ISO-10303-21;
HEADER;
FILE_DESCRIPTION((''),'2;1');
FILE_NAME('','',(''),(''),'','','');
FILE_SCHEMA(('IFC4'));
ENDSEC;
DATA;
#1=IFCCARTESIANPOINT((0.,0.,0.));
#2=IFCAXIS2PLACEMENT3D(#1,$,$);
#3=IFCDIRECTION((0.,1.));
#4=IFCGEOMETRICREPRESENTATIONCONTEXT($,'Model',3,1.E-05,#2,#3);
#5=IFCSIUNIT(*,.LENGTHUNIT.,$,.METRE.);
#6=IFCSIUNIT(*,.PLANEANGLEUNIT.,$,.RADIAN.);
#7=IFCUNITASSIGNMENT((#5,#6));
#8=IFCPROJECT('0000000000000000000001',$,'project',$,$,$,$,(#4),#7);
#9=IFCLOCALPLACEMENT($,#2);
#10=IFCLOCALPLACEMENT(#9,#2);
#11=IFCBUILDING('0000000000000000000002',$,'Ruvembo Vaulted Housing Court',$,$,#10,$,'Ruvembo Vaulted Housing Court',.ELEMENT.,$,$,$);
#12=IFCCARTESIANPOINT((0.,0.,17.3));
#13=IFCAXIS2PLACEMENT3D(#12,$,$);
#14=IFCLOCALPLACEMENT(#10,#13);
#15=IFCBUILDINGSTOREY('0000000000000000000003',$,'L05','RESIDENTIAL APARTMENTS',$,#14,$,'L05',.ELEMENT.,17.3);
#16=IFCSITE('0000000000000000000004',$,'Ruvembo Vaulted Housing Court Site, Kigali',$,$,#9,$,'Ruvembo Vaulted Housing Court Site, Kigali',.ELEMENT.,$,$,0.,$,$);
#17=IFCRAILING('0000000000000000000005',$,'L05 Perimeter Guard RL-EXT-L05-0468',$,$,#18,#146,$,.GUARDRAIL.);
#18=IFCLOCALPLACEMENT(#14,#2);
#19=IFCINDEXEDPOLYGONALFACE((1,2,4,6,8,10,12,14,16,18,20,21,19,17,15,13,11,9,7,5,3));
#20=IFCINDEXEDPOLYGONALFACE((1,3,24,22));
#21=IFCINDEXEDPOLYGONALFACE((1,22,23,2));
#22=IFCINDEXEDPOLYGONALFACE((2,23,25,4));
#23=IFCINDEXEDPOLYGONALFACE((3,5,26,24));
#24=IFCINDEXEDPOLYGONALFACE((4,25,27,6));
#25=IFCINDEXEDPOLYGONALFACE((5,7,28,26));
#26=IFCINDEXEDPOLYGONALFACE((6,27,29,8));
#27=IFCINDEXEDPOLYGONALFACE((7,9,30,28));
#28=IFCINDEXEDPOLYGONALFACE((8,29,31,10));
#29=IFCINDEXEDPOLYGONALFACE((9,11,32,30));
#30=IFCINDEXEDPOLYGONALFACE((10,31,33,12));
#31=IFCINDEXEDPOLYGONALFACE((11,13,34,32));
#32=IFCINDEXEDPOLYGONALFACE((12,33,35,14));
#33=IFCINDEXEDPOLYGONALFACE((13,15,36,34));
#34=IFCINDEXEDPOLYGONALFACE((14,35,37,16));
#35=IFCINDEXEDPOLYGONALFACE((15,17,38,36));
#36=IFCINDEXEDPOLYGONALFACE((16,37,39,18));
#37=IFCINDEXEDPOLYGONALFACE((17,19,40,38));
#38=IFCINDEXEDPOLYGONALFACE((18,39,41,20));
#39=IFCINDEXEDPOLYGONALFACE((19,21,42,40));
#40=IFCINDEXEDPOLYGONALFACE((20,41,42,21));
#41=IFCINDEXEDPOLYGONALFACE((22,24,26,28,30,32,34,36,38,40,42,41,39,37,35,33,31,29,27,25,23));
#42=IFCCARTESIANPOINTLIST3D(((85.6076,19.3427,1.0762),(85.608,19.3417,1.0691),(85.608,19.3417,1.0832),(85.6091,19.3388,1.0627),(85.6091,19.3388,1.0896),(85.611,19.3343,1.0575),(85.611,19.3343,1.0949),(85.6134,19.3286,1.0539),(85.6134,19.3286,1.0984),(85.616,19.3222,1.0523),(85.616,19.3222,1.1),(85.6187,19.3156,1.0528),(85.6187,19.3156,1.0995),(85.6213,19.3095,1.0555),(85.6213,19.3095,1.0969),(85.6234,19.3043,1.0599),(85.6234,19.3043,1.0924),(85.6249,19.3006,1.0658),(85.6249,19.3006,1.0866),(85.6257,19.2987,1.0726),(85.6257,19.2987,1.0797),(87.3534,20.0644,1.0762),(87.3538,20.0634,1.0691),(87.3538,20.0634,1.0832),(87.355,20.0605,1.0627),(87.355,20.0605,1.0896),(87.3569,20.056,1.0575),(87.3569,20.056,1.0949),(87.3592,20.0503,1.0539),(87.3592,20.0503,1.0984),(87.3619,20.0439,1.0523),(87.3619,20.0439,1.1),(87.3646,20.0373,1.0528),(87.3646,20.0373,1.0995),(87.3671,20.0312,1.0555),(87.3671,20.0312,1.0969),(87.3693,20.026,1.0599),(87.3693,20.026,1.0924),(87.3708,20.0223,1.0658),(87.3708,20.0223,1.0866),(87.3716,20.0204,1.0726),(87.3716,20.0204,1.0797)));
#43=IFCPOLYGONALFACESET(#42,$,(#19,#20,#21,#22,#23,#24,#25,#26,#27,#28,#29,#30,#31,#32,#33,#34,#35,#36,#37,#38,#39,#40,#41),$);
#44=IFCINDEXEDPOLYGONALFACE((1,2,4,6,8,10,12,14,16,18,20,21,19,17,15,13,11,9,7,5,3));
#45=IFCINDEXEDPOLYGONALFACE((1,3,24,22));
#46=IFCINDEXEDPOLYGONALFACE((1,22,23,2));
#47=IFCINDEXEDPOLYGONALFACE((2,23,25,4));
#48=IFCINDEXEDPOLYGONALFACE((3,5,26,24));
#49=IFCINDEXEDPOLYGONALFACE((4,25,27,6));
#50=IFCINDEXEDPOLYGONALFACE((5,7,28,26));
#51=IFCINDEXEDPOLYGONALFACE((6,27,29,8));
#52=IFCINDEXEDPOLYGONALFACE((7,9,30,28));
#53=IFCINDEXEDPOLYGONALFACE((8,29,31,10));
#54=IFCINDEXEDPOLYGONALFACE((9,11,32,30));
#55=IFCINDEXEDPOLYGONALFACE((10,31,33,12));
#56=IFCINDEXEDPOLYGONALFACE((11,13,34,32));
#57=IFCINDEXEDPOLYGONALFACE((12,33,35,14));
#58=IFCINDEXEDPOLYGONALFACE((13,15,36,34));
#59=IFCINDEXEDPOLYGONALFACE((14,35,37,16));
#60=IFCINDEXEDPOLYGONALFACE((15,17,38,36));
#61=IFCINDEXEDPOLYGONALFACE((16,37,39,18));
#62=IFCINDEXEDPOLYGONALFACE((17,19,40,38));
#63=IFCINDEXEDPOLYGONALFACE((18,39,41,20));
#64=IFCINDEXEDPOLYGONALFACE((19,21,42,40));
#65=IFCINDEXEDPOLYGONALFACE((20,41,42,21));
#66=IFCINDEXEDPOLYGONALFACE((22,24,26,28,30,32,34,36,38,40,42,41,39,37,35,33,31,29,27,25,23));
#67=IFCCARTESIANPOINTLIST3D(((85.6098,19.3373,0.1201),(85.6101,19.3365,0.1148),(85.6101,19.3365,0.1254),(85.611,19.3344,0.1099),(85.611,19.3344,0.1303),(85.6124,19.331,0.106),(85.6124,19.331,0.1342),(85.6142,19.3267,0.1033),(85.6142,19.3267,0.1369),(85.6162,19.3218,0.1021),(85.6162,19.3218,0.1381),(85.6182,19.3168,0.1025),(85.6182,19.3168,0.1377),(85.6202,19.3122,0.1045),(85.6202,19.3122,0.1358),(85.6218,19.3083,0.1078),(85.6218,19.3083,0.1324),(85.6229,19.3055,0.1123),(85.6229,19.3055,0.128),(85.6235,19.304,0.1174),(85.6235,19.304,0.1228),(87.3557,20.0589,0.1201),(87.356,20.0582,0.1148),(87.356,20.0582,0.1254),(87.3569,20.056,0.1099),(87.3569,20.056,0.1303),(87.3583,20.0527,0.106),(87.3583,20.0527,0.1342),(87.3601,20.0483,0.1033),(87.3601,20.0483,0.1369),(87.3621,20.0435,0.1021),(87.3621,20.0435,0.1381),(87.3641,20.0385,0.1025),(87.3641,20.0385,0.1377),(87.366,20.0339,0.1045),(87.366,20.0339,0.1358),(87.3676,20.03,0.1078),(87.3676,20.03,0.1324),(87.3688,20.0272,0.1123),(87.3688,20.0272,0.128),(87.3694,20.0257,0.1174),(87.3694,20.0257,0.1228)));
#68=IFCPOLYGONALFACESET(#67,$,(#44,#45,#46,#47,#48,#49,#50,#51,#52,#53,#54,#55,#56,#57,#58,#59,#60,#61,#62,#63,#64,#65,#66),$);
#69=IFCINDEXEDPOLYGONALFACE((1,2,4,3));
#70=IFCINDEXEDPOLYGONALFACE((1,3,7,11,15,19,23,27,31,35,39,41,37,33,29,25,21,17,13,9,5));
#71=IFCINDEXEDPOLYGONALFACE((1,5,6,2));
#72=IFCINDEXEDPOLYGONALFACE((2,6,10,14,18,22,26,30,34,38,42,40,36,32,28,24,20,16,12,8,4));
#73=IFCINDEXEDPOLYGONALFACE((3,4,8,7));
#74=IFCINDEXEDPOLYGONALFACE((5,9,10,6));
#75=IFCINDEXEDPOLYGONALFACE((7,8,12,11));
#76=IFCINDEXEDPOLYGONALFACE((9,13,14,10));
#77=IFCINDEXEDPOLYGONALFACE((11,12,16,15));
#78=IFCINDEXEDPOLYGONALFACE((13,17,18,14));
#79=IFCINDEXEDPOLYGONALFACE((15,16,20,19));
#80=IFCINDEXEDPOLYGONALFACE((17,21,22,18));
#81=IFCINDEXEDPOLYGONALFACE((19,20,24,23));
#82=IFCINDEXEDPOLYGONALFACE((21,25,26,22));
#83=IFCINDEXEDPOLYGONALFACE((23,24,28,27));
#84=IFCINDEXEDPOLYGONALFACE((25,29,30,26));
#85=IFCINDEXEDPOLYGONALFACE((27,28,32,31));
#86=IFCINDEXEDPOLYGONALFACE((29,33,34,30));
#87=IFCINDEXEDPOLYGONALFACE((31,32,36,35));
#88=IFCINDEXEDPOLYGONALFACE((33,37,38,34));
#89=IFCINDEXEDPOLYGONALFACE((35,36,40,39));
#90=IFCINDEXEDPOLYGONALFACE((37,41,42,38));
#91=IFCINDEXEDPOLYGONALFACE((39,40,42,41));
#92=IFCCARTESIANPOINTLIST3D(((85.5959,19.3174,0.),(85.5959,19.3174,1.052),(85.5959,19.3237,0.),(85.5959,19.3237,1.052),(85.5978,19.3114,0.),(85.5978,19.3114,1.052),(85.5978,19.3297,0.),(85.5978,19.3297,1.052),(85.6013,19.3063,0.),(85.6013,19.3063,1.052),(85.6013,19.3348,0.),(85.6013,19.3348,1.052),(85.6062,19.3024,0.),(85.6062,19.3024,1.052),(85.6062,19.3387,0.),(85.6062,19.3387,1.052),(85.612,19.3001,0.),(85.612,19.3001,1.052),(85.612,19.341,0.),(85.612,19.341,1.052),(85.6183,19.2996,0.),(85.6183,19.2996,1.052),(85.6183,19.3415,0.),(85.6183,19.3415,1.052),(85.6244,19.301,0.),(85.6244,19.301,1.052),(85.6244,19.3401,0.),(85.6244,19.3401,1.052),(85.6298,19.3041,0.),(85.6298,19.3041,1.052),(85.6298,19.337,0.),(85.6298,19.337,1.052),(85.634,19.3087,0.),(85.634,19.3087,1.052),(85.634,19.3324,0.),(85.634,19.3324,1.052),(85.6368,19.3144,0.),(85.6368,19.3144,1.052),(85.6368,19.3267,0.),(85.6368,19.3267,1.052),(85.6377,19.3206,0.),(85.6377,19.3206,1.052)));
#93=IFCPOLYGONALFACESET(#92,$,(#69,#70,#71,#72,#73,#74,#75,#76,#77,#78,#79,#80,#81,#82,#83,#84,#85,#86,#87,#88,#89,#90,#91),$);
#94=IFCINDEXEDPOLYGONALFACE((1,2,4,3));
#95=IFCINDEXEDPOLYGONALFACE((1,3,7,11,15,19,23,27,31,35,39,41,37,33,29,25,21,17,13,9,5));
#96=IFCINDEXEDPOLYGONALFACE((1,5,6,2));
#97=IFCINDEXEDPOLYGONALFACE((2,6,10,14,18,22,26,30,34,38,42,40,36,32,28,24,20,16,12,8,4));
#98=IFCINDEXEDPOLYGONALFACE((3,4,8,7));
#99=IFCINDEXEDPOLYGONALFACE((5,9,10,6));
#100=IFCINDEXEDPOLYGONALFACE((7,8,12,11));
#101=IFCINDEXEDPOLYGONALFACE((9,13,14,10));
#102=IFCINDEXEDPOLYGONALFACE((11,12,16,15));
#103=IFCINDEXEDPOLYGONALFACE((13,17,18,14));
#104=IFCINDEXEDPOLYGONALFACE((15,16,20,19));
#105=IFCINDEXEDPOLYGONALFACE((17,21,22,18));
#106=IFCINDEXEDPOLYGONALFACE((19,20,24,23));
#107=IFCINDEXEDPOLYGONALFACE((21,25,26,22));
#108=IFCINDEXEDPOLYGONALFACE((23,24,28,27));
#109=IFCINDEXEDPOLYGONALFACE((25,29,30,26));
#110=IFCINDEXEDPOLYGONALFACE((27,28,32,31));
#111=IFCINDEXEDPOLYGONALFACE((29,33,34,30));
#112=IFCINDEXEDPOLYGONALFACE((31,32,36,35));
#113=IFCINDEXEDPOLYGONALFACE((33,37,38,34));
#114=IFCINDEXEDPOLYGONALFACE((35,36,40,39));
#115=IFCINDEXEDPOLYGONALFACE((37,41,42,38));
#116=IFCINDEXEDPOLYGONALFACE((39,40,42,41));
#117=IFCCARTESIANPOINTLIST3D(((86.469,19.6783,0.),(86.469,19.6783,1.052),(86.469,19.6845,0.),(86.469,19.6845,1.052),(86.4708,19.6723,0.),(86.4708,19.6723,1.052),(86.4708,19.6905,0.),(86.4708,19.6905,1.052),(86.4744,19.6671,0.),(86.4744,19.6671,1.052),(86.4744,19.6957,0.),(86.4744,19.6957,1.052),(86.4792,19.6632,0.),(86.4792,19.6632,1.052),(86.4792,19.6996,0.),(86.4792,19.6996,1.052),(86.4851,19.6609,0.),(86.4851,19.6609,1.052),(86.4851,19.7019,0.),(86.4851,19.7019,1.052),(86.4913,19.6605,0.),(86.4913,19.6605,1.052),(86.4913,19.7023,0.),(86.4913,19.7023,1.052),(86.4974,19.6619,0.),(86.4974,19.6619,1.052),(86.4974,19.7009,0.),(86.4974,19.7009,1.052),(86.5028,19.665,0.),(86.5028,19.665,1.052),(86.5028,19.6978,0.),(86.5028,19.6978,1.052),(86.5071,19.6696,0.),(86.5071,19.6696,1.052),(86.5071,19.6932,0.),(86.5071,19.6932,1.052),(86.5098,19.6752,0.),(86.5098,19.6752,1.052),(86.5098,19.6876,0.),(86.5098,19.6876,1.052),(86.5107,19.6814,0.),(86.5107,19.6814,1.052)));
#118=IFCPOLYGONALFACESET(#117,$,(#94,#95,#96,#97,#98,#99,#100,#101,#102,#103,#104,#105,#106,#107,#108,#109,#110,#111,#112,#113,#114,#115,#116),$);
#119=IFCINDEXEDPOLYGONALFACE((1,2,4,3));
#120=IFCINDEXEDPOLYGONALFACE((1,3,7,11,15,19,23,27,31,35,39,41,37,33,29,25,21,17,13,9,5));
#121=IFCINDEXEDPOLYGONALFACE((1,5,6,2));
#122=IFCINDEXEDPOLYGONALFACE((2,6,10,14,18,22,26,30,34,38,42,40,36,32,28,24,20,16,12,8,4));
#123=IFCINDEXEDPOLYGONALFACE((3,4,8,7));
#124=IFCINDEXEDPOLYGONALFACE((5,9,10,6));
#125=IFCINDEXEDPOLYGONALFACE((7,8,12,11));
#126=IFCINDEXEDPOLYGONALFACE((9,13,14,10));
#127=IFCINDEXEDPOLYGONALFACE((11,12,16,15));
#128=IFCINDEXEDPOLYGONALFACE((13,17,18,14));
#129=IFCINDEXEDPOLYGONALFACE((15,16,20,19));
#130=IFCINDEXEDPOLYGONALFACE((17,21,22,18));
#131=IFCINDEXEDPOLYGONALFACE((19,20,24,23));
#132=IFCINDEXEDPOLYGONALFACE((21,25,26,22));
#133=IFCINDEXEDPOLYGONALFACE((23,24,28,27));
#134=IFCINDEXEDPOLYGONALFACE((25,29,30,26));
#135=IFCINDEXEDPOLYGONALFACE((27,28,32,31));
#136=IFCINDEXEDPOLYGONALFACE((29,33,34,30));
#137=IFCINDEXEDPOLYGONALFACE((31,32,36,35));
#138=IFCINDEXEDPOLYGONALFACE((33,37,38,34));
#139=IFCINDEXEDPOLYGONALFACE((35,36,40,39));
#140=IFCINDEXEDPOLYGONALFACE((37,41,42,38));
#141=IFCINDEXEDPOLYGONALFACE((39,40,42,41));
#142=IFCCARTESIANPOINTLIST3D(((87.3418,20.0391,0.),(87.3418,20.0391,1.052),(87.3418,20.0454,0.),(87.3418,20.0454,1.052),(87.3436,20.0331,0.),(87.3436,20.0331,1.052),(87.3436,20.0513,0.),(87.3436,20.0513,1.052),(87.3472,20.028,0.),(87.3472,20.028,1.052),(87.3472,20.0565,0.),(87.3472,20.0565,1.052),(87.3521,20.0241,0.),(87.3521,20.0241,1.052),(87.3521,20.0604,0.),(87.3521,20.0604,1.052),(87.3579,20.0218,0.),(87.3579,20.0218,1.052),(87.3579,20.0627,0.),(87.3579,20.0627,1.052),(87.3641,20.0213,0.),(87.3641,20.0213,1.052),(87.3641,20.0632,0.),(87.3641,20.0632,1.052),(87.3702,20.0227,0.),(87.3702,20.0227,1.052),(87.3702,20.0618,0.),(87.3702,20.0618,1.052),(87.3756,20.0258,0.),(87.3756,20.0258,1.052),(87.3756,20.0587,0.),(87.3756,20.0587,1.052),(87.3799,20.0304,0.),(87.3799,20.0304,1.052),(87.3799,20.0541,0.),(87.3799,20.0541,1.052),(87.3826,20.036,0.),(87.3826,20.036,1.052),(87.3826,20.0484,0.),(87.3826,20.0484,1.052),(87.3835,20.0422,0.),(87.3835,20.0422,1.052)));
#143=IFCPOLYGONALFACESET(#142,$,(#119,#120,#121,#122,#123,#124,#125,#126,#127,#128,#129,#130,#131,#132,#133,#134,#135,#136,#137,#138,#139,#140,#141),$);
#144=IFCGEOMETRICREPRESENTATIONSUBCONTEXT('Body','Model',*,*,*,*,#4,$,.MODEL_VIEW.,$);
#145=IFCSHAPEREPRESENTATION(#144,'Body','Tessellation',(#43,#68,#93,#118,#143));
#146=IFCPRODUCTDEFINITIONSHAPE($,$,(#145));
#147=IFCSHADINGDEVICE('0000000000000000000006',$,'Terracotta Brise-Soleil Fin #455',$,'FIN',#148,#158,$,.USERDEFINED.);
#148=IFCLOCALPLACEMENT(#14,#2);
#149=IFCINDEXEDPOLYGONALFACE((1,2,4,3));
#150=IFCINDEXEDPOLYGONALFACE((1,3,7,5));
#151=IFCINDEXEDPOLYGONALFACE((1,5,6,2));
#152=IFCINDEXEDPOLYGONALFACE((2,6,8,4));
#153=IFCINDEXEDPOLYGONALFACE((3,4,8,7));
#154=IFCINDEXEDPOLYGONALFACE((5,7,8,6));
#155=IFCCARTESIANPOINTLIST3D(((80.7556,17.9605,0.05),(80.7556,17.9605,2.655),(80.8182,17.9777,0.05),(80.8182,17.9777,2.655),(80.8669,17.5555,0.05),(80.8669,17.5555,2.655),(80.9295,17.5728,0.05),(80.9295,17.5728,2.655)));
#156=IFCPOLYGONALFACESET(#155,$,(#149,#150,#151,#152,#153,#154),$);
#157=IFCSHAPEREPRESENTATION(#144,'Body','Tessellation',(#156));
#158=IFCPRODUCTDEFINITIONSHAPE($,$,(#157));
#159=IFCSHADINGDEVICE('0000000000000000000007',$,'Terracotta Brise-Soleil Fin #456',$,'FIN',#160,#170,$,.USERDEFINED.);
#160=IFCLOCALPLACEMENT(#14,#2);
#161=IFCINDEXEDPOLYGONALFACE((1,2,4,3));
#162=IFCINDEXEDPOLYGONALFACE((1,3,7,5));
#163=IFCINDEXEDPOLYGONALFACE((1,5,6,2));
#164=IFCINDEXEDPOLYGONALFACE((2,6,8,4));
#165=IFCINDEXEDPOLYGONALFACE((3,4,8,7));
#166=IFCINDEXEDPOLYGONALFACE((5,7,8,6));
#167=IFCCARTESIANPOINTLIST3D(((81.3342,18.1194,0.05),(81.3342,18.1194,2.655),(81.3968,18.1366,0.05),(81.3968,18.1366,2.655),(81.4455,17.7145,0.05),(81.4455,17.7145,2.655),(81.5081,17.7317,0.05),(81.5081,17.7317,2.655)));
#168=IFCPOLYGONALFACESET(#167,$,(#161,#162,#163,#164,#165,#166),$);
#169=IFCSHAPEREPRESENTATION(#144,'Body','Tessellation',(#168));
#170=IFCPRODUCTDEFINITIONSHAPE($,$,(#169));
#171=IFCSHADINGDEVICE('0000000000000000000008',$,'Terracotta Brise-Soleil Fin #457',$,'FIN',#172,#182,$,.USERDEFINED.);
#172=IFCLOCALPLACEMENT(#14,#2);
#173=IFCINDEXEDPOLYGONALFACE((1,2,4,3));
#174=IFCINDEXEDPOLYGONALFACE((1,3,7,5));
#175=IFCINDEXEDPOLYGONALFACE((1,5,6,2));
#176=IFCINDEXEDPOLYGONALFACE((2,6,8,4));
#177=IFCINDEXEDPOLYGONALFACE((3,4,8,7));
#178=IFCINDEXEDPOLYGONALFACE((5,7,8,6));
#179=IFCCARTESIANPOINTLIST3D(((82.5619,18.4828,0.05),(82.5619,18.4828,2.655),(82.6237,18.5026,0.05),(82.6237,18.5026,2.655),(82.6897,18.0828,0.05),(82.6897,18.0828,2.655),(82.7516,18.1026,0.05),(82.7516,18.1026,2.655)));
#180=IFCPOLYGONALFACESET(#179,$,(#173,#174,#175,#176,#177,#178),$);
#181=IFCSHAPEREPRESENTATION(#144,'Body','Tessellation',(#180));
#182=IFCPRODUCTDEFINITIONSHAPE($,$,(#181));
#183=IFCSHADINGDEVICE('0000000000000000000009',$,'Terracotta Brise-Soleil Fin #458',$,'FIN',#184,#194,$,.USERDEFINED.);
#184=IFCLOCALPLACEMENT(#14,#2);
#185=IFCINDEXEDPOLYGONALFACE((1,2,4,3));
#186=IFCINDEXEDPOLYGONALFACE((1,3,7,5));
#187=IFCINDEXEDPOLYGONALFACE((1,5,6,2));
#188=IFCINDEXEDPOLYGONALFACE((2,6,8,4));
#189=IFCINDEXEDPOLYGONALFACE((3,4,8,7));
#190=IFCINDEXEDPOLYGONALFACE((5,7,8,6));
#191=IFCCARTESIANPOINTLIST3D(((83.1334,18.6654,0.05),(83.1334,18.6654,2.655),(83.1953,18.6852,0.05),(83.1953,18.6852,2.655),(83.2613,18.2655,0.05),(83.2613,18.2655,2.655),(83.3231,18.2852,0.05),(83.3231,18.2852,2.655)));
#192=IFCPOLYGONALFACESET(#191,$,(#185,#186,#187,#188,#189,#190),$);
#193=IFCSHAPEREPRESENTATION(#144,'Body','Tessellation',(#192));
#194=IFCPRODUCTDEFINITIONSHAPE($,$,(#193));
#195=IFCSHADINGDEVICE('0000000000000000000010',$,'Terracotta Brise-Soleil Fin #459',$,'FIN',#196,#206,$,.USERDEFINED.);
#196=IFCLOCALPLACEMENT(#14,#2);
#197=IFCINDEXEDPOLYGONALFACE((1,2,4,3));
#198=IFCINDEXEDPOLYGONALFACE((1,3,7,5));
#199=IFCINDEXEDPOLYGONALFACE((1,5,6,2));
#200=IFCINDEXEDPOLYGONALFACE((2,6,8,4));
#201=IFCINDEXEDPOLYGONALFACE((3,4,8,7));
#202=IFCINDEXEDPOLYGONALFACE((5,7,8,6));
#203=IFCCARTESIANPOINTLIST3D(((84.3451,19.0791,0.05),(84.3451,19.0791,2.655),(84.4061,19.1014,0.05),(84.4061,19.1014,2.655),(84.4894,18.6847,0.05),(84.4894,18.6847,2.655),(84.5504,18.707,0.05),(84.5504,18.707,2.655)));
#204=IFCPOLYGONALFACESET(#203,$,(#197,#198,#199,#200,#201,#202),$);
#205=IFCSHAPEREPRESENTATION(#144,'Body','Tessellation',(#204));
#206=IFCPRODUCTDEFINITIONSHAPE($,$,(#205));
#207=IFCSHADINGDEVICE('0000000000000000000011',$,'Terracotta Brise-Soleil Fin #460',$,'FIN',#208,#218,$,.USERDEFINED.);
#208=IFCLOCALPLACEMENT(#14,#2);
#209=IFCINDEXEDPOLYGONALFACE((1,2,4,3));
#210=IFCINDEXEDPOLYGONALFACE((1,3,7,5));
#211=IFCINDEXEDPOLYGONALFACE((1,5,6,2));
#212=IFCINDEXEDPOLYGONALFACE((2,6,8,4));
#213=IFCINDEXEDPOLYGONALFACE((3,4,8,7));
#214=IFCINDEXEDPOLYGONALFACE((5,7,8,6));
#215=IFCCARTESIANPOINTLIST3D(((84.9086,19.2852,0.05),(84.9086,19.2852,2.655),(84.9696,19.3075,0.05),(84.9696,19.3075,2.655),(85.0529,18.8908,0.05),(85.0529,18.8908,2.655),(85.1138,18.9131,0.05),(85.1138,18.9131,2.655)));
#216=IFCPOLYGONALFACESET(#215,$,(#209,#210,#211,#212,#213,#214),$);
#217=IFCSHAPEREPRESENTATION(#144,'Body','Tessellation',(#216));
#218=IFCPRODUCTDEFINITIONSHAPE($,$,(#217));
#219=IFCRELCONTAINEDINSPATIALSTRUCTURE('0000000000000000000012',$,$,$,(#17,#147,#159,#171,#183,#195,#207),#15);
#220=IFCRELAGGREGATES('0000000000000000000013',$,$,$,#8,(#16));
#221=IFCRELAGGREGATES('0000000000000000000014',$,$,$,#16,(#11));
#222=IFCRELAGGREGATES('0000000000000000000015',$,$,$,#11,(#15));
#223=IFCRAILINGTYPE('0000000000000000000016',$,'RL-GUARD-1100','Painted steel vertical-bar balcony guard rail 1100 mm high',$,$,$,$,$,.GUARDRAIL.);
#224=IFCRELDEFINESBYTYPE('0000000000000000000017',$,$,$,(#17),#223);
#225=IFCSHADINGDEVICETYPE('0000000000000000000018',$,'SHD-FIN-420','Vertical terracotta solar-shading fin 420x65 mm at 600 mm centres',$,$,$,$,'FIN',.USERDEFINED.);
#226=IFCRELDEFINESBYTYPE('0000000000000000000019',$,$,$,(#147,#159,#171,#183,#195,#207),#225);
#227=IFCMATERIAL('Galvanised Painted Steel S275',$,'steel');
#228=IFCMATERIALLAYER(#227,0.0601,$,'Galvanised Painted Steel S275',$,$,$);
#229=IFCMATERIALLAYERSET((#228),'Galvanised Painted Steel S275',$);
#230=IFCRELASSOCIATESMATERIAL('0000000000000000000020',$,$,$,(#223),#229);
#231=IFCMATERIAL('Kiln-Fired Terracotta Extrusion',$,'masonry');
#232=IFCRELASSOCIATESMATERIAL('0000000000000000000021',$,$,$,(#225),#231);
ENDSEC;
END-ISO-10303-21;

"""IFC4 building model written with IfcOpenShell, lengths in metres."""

from ifc_helpers import new_model, si_unit, direction, frame, origin, origin_2d, place, context, subcontext, project, spatial, rectangle, circle, extrude, material, layer, layer_set, type_object, element, save


model = new_model("IFC4")

# Units and contexts
model_context = context("Model", 3, precision=1e-05, world=origin(), true_north=direction((0.0, 1.0)))
body_context = subcontext(model_context, "Body", "Model", "MODEL_VIEW")
ifc_project = project(units=[si_unit("LENGTHUNIT", "METRE"), si_unit("PLANEANGLEUNIT", "RADIAN")], contexts=[model_context])

# Site, building, storey
site_placement = place(None, origin())
site = spatial("IfcSite", under=ifc_project, at=site_placement, Name="Ruvembo Vaulted Housing Court Site, Kigali", LongName="Ruvembo Vaulted Housing Court Site, Kigali", CompositionType="ELEMENT", RefElevation=0.0)
building_placement = place(site_placement, origin())
building = spatial("IfcBuilding", under=site, at=building_placement, Name="Ruvembo Vaulted Housing Court", LongName="Ruvembo Vaulted Housing Court", CompositionType="ELEMENT")
storey_placement = place(building_placement, frame((0.0, 0.0, 17.3)))
storey = spatial("IfcBuildingStorey", under=building, at=storey_placement, Name="L05", Description="RESIDENTIAL APARTMENTS", LongName="L05", CompositionType="ELEMENT", Elevation=17.3)

# Railing
ifc_material_1 = material(Name="Galvanised Painted Steel S275", Category="steel")
ifc_layer = layer(ifc_material_1, 0.0601, Name="Galvanised Painted Steel S275")
ifc_layer_set = layer_set([ifc_layer], Name="Galvanised Painted Steel S275")
railing_type = type_object("IfcRailingType", Name="RL-GUARD-1100", Description="Painted steel vertical-bar balcony guard rail 1100 mm high", PredefinedType="GUARDRAIL", material=ifc_layer_set)
railing_1_placement = place(storey_placement, frame((85.6167, 19.3206, 0.0)))
element("IfcRailing", 1, at=railing_1_placement, inside=storey, type_object=railing_type, Name="L05 Perimeter Guard RL-EXT-L05-0468", PredefinedType="GUARDRAIL", context=body_context, shape_type="SweptSolid", body=[
    extrude(circle(Radius=0.0239, at=origin_2d()), frame((0.0, 0.0, 1.0762), z_axis=(0.924155, 0.382017, 0.0), x_axis=(-0.382017, 0.924155, 0.0)), (0.0, 0.0, 1.0), 1.8892),
    extrude(circle(Radius=0.0181, at=origin_2d()), frame((0.0, 0.0, 0.1201), z_axis=(0.924155, 0.382017, 0.0), x_axis=(-0.382017, 0.924155, 0.0)), (0.0, 0.0, 1.0), 1.8892),
    extrude(circle(Radius=0.021, at=origin_2d()), origin(), (0.0, 0.0, 1.0), 1.052),
    extrude(circle(Radius=0.021, at=origin_2d()), frame((0.873, 0.3608, 0.0)), (0.0, 0.0, 1.0), 1.052),
    extrude(circle(Radius=0.021, at=origin_2d()), frame((1.7458, 0.7217, 0.0)), (0.0, 0.0, 1.0), 1.052),
])

# Shading devices
ifc_material_2 = material(Name="Kiln-Fired Terracotta Extrusion", Category="masonry")
shading_device_type = type_object("IfcShadingDeviceType", Name="SHD-FIN-420", Description="Vertical terracotta solar-shading fin 420x65 mm at 600 mm centres", ElementType="FIN", PredefinedType="USERDEFINED", material=ifc_material_2)
for number, where, z_axis, x_axis, name in (
    (2, (80.8425, 17.7666, 0.05), (0.0, 0.0, 1.0), (0.264984, -0.964253, 0.0), "Terracotta Brise-Soleil Fin #455"),
    (3, (81.4211, 17.9255, 0.05), (0.0, 0.0, 1.0), (0.264984, -0.964253, 0.0), "Terracotta Brise-Soleil Fin #456"),
    (4, (82.6567, 18.2927, 0.05), (0.0, 0.0, 1.0), (0.304449, -0.952529, 0.0), "Terracotta Brise-Soleil Fin #457"),
    (5, (83.2283, 18.4753, 0.05), (0.0, 0.0, 1.0), (0.304449, -0.952529, 0.0), "Terracotta Brise-Soleil Fin #458"),
    (6, (84.4478, 18.8931, 0.05), (0.0, 0.0, 1.0), (0.343512, -0.939148, 0.0), "Terracotta Brise-Soleil Fin #459"),
    (7, (85.0112, 19.0991, 0.05), (0.0, 0.0, 1.0), (0.343512, -0.939148, 0.0), "Terracotta Brise-Soleil Fin #460"),
):
    element("IfcShadingDevice", number, at=place(storey_placement, frame(where, z_axis=z_axis, x_axis=x_axis)), inside=storey, type_object=shading_device_type, Name=name, ObjectType="FIN", PredefinedType="USERDEFINED", context=body_context, shape_type="SweptSolid", body=[
        extrude(rectangle(XDim=0.4199, YDim=0.0649, at=origin_2d()), origin(), (0.0, 0.0, 1.0), 2.605),
    ])

save(model, "model.ifc")
